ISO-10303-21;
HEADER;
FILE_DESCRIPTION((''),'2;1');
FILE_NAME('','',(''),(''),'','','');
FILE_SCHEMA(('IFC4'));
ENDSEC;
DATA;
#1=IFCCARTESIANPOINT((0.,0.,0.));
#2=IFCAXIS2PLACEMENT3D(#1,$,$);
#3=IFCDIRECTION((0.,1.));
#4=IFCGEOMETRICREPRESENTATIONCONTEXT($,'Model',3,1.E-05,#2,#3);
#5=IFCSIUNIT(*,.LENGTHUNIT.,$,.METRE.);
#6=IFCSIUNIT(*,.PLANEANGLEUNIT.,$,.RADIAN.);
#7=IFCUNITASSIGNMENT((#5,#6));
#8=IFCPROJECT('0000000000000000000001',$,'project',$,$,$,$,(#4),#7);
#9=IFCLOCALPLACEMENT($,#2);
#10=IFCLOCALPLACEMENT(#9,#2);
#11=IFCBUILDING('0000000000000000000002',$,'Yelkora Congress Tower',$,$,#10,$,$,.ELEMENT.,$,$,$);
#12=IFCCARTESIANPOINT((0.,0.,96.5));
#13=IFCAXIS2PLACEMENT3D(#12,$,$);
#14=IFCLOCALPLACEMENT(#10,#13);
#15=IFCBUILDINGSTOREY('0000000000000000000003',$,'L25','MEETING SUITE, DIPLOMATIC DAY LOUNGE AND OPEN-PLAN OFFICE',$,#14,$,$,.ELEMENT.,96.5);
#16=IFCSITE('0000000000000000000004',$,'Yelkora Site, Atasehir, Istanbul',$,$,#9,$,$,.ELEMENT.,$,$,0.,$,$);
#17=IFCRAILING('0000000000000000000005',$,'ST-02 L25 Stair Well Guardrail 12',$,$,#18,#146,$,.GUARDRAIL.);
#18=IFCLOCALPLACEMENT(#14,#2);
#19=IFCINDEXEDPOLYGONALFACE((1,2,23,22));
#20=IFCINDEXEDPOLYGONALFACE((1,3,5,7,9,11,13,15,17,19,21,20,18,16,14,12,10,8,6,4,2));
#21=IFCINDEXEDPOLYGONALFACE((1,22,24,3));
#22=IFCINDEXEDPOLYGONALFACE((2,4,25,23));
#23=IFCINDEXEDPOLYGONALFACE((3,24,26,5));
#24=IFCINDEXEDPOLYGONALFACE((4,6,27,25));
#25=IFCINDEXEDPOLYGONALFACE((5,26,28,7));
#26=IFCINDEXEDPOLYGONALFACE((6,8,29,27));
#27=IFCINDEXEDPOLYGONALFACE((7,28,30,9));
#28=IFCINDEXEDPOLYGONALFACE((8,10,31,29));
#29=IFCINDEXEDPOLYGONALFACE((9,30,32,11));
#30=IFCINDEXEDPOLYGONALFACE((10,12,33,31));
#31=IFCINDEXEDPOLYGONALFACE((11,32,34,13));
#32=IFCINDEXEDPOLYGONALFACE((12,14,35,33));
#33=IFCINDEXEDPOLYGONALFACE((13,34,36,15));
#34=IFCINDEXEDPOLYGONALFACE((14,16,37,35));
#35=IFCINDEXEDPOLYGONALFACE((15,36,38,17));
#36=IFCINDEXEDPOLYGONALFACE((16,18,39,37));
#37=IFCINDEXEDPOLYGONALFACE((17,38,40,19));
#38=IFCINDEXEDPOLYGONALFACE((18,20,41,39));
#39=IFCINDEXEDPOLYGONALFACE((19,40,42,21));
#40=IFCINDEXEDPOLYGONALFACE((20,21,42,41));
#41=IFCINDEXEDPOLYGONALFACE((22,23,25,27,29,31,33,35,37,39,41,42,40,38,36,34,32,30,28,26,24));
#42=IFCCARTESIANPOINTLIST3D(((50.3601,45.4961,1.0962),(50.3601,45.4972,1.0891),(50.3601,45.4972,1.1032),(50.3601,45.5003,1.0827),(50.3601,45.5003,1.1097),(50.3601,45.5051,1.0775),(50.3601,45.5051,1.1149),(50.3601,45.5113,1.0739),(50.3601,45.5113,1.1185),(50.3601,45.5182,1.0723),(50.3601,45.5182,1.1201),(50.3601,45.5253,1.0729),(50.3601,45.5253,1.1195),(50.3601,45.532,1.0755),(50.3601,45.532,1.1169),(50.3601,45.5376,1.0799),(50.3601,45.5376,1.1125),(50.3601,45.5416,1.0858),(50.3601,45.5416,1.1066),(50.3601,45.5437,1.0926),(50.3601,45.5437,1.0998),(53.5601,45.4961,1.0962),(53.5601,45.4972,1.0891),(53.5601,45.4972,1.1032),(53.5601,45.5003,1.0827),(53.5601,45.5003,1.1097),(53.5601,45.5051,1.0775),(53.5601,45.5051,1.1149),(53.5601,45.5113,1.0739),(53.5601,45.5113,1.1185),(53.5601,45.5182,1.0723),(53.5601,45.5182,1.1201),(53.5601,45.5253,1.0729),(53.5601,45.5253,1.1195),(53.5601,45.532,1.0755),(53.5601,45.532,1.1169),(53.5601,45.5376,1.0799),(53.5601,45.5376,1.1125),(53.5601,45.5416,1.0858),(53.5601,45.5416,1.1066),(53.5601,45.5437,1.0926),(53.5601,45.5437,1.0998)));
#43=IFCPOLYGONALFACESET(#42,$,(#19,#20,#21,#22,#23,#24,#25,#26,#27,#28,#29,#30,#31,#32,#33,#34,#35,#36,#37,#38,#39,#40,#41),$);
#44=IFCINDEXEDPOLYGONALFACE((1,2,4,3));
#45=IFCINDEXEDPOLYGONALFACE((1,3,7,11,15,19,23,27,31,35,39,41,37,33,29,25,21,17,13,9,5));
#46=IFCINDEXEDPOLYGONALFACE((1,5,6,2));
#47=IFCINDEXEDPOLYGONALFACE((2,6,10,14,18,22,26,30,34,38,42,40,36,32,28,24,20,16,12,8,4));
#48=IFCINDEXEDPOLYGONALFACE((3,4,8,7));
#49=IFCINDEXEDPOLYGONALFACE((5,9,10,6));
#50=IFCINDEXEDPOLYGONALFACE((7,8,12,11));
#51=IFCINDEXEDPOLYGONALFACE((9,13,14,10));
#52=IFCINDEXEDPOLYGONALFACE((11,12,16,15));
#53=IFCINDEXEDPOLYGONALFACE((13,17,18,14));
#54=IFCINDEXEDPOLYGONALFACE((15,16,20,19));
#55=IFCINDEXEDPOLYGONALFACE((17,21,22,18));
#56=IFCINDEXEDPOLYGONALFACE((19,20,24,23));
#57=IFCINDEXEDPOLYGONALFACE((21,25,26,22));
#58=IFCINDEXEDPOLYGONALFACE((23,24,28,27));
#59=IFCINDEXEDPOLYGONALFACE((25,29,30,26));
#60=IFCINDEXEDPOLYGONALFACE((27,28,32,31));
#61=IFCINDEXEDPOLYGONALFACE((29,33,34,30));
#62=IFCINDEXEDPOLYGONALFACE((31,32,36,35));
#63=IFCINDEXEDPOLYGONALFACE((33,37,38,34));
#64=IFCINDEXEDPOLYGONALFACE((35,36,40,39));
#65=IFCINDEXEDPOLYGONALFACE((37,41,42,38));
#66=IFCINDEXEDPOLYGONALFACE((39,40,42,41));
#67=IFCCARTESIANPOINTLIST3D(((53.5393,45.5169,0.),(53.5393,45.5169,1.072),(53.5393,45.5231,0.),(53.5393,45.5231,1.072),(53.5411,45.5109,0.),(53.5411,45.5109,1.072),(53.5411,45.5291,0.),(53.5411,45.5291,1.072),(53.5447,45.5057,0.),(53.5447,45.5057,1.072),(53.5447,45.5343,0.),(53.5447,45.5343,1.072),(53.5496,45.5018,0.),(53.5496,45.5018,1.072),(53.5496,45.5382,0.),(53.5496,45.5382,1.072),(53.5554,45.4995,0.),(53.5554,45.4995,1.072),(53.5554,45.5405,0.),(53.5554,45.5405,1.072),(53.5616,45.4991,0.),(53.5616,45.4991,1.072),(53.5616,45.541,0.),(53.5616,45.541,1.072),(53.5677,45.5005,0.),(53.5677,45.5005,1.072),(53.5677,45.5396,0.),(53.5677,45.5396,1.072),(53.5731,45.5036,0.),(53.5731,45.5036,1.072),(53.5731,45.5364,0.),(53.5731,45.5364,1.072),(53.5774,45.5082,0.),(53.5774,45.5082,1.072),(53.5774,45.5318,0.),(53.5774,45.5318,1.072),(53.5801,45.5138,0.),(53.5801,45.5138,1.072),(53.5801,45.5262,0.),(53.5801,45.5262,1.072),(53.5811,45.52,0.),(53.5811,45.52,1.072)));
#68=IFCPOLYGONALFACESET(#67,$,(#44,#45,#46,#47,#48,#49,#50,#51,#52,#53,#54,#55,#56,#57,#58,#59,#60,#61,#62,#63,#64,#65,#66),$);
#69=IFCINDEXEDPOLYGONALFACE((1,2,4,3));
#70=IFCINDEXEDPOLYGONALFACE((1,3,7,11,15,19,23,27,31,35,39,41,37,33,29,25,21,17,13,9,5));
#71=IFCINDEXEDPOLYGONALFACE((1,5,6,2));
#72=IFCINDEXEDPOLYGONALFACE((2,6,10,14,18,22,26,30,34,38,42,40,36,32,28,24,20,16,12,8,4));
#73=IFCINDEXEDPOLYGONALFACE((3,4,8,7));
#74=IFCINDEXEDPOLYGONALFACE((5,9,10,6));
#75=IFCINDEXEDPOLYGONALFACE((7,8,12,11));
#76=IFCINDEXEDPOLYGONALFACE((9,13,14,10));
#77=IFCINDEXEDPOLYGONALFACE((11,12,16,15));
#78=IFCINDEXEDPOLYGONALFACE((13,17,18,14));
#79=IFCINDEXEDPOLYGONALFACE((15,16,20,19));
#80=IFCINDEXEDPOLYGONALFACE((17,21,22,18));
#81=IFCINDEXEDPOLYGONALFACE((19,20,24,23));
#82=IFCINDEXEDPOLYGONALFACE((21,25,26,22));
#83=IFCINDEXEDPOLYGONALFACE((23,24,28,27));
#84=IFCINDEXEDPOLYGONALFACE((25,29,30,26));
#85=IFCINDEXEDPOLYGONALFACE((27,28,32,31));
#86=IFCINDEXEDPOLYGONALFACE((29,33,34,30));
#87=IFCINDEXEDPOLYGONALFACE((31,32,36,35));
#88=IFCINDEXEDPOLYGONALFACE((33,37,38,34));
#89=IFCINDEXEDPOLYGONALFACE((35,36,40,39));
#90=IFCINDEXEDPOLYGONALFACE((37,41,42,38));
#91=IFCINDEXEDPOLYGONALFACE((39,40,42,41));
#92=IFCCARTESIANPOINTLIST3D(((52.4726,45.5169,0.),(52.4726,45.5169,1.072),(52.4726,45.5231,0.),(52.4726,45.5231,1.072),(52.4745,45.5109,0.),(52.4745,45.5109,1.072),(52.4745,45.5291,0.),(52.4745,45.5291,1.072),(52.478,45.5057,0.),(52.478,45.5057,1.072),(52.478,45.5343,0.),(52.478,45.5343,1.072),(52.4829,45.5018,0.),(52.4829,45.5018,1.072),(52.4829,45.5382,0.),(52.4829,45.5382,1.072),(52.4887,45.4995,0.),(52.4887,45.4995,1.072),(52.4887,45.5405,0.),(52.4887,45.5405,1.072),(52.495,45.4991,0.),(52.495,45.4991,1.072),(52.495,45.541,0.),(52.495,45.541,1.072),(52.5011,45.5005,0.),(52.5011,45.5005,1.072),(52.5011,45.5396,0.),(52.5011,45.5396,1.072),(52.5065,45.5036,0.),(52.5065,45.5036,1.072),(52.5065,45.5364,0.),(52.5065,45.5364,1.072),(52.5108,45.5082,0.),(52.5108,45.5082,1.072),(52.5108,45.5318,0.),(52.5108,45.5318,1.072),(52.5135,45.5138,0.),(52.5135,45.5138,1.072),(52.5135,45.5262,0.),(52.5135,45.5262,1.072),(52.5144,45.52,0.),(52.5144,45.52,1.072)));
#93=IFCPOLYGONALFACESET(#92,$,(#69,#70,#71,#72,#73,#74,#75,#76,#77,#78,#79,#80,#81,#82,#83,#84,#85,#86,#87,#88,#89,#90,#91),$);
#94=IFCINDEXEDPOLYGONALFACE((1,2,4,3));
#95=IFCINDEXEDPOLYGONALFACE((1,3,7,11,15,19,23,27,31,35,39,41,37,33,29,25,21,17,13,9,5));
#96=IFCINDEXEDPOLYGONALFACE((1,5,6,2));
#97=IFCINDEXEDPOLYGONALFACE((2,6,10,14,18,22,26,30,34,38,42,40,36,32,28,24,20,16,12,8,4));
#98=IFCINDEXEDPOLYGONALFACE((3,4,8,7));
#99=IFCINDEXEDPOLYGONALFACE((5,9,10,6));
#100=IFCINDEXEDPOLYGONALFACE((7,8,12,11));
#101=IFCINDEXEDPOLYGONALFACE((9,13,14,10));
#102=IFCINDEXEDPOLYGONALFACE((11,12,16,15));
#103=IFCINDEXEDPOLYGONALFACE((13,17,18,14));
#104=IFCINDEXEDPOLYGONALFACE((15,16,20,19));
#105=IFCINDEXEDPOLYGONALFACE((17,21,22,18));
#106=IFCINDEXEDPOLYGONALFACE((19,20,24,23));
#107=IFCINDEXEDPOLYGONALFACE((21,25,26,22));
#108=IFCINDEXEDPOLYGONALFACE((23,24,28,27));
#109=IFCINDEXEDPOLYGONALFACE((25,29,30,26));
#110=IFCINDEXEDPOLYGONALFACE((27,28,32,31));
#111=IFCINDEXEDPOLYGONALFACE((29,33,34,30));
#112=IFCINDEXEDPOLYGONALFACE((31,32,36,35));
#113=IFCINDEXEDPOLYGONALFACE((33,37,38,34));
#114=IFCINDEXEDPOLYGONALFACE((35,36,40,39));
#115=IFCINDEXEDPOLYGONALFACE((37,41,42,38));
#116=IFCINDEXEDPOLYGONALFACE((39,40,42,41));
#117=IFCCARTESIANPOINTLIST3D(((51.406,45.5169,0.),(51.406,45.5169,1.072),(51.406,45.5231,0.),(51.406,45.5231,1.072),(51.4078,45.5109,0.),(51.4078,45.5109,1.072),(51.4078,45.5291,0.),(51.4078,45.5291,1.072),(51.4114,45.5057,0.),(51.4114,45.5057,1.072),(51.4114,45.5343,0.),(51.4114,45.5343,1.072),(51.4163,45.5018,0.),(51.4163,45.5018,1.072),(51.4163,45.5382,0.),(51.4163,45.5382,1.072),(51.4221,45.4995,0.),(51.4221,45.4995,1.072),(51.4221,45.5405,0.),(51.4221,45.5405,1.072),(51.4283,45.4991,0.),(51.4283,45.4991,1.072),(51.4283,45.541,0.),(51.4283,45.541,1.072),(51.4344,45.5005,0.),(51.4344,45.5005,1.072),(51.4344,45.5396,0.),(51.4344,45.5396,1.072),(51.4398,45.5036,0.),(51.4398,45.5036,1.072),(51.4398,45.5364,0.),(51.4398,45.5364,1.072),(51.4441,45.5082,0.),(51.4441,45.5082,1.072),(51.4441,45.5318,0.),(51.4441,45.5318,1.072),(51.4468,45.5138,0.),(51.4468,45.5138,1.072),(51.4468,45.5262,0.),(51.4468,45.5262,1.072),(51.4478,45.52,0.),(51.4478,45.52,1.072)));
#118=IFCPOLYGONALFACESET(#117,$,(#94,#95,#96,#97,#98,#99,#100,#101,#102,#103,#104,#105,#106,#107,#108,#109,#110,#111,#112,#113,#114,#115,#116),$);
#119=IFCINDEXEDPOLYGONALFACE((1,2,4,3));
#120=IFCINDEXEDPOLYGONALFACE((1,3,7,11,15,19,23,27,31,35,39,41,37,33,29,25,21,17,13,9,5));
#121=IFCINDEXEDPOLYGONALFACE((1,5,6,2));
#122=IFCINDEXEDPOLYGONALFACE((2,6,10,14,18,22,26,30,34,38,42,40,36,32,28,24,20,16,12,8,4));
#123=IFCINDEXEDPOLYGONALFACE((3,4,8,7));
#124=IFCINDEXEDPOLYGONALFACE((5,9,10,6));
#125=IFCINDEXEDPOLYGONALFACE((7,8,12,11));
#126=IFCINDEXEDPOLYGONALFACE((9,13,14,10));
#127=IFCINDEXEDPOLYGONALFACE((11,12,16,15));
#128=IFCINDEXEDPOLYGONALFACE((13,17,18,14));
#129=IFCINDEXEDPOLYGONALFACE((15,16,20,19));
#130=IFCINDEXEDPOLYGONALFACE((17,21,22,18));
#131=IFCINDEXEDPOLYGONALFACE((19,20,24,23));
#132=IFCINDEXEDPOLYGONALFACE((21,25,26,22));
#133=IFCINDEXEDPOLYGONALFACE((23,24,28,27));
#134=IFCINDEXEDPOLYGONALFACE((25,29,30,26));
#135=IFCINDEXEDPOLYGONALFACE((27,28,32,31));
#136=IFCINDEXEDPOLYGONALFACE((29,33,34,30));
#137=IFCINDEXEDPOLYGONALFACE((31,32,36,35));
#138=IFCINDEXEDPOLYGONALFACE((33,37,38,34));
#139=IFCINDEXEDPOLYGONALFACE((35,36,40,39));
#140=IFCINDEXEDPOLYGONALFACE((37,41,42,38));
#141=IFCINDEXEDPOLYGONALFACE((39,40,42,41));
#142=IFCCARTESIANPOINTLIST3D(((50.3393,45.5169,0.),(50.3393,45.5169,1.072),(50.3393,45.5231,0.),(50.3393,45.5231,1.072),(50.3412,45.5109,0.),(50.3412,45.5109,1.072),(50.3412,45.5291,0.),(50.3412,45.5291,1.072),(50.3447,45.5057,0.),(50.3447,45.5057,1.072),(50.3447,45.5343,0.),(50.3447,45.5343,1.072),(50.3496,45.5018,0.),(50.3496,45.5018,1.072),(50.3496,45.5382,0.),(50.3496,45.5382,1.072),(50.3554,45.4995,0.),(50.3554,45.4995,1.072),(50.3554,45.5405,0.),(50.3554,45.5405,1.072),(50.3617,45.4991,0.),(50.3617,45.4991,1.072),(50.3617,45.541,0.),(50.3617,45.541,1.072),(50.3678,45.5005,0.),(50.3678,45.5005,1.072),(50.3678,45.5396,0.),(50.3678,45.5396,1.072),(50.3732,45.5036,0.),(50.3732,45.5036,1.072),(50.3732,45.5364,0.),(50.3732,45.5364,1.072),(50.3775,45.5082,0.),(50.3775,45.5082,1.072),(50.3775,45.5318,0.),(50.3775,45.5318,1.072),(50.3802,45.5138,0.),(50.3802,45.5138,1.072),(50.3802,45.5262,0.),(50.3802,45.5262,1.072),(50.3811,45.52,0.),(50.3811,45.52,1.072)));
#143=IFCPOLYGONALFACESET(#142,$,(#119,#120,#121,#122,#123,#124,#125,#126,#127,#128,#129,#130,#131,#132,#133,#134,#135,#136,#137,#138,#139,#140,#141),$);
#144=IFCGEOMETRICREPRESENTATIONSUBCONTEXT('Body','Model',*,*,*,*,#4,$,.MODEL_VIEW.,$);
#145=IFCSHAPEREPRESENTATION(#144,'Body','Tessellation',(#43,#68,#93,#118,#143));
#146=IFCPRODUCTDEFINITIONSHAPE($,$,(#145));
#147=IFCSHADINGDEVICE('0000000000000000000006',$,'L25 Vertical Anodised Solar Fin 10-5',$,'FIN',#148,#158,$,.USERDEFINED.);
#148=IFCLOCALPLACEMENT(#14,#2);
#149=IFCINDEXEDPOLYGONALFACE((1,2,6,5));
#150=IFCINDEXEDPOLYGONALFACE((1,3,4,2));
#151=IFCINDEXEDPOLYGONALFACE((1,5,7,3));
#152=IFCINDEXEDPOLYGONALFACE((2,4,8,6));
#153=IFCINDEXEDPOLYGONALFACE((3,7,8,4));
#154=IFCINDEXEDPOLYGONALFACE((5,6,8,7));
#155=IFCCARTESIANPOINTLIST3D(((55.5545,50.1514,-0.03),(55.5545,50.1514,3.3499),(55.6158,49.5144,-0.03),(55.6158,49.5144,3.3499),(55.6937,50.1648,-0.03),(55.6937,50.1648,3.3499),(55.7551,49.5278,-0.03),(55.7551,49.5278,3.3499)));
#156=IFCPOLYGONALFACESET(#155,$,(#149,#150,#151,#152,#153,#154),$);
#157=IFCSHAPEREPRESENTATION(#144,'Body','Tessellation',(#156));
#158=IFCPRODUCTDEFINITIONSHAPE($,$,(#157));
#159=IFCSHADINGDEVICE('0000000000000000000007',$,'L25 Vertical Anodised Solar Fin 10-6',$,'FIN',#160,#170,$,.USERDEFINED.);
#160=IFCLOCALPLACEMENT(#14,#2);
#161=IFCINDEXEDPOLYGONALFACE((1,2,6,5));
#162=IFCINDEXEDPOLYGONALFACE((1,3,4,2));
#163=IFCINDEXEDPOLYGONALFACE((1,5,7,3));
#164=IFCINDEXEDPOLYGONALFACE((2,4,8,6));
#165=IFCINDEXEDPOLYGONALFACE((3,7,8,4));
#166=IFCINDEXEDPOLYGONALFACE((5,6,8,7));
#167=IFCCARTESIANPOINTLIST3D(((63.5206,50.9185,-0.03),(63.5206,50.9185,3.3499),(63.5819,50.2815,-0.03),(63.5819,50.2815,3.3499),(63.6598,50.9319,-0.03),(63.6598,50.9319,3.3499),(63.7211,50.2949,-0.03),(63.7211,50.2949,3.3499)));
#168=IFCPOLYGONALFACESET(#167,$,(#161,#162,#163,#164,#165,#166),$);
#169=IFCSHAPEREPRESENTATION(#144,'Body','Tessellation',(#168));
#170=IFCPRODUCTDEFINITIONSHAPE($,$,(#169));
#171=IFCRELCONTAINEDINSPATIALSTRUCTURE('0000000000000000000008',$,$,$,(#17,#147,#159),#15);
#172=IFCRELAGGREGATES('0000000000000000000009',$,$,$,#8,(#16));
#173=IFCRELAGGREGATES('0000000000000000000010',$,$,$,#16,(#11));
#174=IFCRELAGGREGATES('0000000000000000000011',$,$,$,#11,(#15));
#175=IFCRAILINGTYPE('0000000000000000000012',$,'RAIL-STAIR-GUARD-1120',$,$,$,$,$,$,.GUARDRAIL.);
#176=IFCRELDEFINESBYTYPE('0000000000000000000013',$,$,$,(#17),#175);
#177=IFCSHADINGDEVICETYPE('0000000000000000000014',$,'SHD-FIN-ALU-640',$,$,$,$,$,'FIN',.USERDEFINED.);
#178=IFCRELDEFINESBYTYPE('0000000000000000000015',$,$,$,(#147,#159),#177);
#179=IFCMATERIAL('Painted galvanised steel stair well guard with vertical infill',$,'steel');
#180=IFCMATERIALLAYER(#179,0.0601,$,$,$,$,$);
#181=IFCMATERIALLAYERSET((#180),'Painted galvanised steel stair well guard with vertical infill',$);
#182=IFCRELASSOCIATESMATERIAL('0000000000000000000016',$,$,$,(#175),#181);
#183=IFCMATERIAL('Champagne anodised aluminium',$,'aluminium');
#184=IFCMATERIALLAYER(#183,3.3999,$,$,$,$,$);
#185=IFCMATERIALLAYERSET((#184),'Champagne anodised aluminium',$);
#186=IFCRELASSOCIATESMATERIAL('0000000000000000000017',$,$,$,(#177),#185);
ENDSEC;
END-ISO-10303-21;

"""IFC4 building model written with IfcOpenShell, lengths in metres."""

from ifc_helpers import new_model, si_unit, direction, frame, origin, origin_2d, place, context, subcontext, project, spatial, rectangle, circle, extrude, material, layer, layer_set, type_object, element, save


model = new_model("IFC4")

# Units and contexts
model_context = context("Model", 3, precision=1e-05, world=origin(), true_north=direction((0.0, 1.0)))
body_context = subcontext(model_context, "Body", "Model", "MODEL_VIEW")
ifc_project = project(units=[si_unit("LENGTHUNIT", "METRE"), si_unit("PLANEANGLEUNIT", "RADIAN")], contexts=[model_context])

# Site, building, storey
site_placement = place(None, origin())
site = spatial("IfcSite", under=ifc_project, at=site_placement, Name="Yelkora Site, Atasehir, Istanbul", CompositionType="ELEMENT", RefElevation=0.0)
building_placement = place(site_placement, origin())
building = spatial("IfcBuilding", under=site, at=building_placement, Name="Yelkora Congress Tower", CompositionType="ELEMENT")
storey_placement = place(building_placement, frame((0.0, 0.0, 96.5)))
storey = spatial("IfcBuildingStorey", under=building, at=storey_placement, Name="L25", Description="MEETING SUITE, DIPLOMATIC DAY LOUNGE AND OPEN-PLAN OFFICE", CompositionType="ELEMENT", Elevation=96.5)

# Railing
ifc_material_1 = material(Name="Painted galvanised steel stair well guard with vertical infill", Category="steel")
ifc_layer_1 = layer(ifc_material_1, 0.0601)
ifc_layer_set_1 = layer_set([ifc_layer_1], Name="Painted galvanised steel stair well guard with vertical infill")
railing_type = type_object("IfcRailingType", Name="RAIL-STAIR-GUARD-1120", PredefinedType="GUARDRAIL", material=ifc_layer_set_1)
railing_1_placement = place(storey_placement, frame((53.5601, 45.52, 0.0)))
element("IfcRailing", 1, at=railing_1_placement, inside=storey, type_object=railing_type, Name="ST-02 L25 Stair Well Guardrail 12", PredefinedType="GUARDRAIL", context=body_context, shape_type="SweptSolid", body=[
    extrude(circle(Radius=0.0239, at=origin_2d()), frame((0.0, 0.0, 1.0962), z_axis=(-1.0, 0.0, 0.0), x_axis=(0.0, -1.0, 0.0)), (0.0, 0.0, 1.0), 3.2),
    extrude(circle(Radius=0.021, at=origin_2d()), origin(), (0.0, 0.0, 1.0), 1.072),
    extrude(circle(Radius=0.021, at=origin_2d()), frame((-1.0667, 0.0, 0.0)), (0.0, 0.0, 1.0), 1.072),
    extrude(circle(Radius=0.021, at=origin_2d()), frame((-2.1333, 0.0, 0.0)), (0.0, 0.0, 1.0), 1.072),
    extrude(circle(Radius=0.021, at=origin_2d()), frame((-3.2, 0.0, 0.0)), (0.0, 0.0, 1.0), 1.072),
])

# Shading devices
ifc_material_2 = material(Name="Champagne anodised aluminium", Category="aluminium")
ifc_layer_2 = layer(ifc_material_2, 3.3999)
ifc_layer_set_2 = layer_set([ifc_layer_2], Name="Champagne anodised aluminium")
shading_device_type = type_object("IfcShadingDeviceType", Name="SHD-FIN-ALU-640", ElementType="FIN", PredefinedType="USERDEFINED", material=ifc_layer_set_2)
for number, where, z_axis, x_axis, name in (
    (2, (55.6548, 49.8396, -0.03), (0.0, 0.0, 1.0), (0.995396, 0.095846, 0.0), "L25 Vertical Anodised Solar Fin 10-5"),
    (3, (63.6208, 50.6067, -0.03), (0.0, 0.0, 1.0), (0.995396, 0.095846, 0.0), "L25 Vertical Anodised Solar Fin 10-6"),
):
    element("IfcShadingDevice", number, at=place(storey_placement, frame(where, z_axis=z_axis, x_axis=x_axis)), inside=storey, type_object=shading_device_type, Name=name, ObjectType="FIN", PredefinedType="USERDEFINED", context=body_context, shape_type="SweptSolid", body=[
        extrude(rectangle(XDim=0.1399, YDim=0.6399, at=origin_2d()), origin(), (0.0, 0.0, 1.0), 3.3799),
    ])

save(model, "model.ifc")
